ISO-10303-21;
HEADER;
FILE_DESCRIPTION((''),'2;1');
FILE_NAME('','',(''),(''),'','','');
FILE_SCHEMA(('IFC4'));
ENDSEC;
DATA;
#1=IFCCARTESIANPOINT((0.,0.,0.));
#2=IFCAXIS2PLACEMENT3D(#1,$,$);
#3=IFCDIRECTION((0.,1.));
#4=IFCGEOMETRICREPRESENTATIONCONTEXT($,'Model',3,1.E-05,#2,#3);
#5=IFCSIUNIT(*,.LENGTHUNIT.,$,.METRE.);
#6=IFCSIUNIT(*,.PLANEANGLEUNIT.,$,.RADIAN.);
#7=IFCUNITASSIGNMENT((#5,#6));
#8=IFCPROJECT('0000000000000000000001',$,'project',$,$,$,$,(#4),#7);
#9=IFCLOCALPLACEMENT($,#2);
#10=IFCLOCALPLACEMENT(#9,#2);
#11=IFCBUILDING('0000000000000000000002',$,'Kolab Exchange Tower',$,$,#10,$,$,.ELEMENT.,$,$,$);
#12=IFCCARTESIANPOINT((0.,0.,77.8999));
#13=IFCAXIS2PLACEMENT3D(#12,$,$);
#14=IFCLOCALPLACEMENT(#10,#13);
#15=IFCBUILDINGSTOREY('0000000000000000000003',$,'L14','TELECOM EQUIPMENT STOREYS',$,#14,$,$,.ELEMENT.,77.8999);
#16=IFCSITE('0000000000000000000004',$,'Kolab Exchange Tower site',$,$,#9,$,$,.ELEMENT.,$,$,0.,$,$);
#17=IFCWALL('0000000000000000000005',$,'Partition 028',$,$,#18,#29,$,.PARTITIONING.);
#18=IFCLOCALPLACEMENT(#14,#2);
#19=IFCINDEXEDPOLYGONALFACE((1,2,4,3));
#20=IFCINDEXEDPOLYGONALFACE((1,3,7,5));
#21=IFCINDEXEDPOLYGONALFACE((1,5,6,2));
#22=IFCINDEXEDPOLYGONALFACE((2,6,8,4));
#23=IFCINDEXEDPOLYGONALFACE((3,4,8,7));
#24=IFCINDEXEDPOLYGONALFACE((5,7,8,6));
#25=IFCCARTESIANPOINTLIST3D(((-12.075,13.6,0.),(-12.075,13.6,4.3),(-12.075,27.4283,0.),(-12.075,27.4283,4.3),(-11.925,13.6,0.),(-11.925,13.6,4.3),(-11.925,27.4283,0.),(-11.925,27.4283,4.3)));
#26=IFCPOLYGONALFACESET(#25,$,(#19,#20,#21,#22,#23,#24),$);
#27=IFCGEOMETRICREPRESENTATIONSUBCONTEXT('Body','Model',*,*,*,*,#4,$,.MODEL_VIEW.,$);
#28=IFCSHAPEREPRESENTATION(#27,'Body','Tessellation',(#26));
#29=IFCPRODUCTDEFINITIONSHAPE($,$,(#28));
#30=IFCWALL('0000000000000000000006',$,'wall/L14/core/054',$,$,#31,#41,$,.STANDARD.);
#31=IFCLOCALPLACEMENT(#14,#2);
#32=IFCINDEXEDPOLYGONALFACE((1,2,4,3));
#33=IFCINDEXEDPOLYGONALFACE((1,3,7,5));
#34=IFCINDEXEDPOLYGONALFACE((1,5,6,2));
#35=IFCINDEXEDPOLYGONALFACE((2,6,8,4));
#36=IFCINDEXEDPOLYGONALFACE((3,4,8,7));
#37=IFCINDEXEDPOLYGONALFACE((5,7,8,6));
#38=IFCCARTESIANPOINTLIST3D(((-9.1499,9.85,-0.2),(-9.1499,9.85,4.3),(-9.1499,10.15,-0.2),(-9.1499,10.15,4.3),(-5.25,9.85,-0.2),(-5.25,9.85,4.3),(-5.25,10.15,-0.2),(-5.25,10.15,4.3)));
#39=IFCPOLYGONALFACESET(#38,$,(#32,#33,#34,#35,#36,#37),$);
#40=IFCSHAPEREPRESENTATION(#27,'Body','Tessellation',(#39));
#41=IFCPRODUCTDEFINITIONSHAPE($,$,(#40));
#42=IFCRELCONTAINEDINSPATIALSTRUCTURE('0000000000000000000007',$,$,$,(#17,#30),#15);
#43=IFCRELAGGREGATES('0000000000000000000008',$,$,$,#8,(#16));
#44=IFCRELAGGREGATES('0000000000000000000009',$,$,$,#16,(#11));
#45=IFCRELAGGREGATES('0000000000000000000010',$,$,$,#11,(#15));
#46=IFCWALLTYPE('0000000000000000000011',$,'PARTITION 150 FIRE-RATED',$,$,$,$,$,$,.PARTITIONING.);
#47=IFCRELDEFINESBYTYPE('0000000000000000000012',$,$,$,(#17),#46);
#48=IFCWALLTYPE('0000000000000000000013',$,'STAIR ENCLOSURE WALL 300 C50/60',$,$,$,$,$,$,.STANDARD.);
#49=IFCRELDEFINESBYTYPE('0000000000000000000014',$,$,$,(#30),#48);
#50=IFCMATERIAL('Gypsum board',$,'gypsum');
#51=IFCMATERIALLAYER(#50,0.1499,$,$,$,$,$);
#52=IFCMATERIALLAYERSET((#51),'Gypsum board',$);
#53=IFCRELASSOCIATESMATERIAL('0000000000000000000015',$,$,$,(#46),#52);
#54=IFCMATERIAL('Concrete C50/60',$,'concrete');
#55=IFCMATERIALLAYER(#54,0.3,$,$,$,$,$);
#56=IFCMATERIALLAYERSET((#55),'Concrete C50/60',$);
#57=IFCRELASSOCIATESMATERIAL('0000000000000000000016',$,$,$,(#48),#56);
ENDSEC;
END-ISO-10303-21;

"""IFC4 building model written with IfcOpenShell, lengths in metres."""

from ifc_helpers import new_model, si_unit, direction, frame, frame_2d, origin, place, context, subcontext, project, spatial, rectangle, extrude, material, layer, layer_set, type_object, element, save


model = new_model("IFC4")

# Units and contexts
model_context = context("Model", 3, precision=1e-05, world=origin(), true_north=direction((0.0, 1.0)))
body_context = subcontext(model_context, "Body", "Model", "MODEL_VIEW")
ifc_project = project(units=[si_unit("LENGTHUNIT", "METRE"), si_unit("PLANEANGLEUNIT", "RADIAN")], contexts=[model_context])

# Site, building, storey
site_placement = place(None, origin())
site = spatial("IfcSite", under=ifc_project, at=site_placement, Name="Kolab Exchange Tower site", CompositionType="ELEMENT", RefElevation=0.0)
building_placement = place(site_placement, origin())
building = spatial("IfcBuilding", under=site, at=building_placement, Name="Kolab Exchange Tower", CompositionType="ELEMENT")
storey_placement = place(building_placement, frame((0.0, 0.0, 77.8999)))
storey = spatial("IfcBuildingStorey", under=building, at=storey_placement, Name="L14", Description="TELECOM EQUIPMENT STOREYS", CompositionType="ELEMENT", Elevation=77.8999)

# Walls
ifc_material_1 = material(Name="Gypsum board", Category="gypsum")
ifc_layer_1 = layer(ifc_material_1, 0.1499)
ifc_layer_set_1 = layer_set([ifc_layer_1], Name="Gypsum board")
wall_type_1 = type_object("IfcWallType", Name="PARTITION 150 FIRE-RATED", PredefinedType="PARTITIONING", material=ifc_layer_set_1)
wall_1_placement = place(storey_placement, frame((-12.0, 13.6001, 0.0), z_axis=(0.0, 0.0, 1.0), x_axis=(0.0, 1.0, 0.0)))
element("IfcWall", 1, at=wall_1_placement, inside=storey, type_object=wall_type_1, Name="Partition 028", PredefinedType="PARTITIONING", context=body_context, shape_type="SweptSolid", body=[
    extrude(rectangle(XDim=13.8284, YDim=0.1499, at=frame_2d((6.9141, 0.0))), origin(), (0.0, 0.0, 1.0), 4.3),
])
ifc_material_2 = material(Name="Concrete C50/60", Category="concrete")
ifc_layer_2 = layer(ifc_material_2, 0.3)
ifc_layer_set_2 = layer_set([ifc_layer_2], Name="Concrete C50/60")
wall_type_2 = type_object("IfcWallType", Name="STAIR ENCLOSURE WALL 300 C50/60", PredefinedType="STANDARD", material=ifc_layer_set_2)
wall_2_placement = place(storey_placement, frame((-9.1499, 10.0, -0.2), z_axis=(0.0, 0.0, 1.0), x_axis=(1.0, 0.0, 0.0)))
element("IfcWall", 2, at=wall_2_placement, inside=storey, type_object=wall_type_2, Name="wall/L14/core/054", PredefinedType="STANDARD", context=body_context, shape_type="SweptSolid", body=[
    extrude(rectangle(XDim=3.8999, YDim=0.3, at=frame_2d((1.95, 0.0))), origin(), (0.0, 0.0, 1.0), 4.5),
])

save(model, "model.ifc")
